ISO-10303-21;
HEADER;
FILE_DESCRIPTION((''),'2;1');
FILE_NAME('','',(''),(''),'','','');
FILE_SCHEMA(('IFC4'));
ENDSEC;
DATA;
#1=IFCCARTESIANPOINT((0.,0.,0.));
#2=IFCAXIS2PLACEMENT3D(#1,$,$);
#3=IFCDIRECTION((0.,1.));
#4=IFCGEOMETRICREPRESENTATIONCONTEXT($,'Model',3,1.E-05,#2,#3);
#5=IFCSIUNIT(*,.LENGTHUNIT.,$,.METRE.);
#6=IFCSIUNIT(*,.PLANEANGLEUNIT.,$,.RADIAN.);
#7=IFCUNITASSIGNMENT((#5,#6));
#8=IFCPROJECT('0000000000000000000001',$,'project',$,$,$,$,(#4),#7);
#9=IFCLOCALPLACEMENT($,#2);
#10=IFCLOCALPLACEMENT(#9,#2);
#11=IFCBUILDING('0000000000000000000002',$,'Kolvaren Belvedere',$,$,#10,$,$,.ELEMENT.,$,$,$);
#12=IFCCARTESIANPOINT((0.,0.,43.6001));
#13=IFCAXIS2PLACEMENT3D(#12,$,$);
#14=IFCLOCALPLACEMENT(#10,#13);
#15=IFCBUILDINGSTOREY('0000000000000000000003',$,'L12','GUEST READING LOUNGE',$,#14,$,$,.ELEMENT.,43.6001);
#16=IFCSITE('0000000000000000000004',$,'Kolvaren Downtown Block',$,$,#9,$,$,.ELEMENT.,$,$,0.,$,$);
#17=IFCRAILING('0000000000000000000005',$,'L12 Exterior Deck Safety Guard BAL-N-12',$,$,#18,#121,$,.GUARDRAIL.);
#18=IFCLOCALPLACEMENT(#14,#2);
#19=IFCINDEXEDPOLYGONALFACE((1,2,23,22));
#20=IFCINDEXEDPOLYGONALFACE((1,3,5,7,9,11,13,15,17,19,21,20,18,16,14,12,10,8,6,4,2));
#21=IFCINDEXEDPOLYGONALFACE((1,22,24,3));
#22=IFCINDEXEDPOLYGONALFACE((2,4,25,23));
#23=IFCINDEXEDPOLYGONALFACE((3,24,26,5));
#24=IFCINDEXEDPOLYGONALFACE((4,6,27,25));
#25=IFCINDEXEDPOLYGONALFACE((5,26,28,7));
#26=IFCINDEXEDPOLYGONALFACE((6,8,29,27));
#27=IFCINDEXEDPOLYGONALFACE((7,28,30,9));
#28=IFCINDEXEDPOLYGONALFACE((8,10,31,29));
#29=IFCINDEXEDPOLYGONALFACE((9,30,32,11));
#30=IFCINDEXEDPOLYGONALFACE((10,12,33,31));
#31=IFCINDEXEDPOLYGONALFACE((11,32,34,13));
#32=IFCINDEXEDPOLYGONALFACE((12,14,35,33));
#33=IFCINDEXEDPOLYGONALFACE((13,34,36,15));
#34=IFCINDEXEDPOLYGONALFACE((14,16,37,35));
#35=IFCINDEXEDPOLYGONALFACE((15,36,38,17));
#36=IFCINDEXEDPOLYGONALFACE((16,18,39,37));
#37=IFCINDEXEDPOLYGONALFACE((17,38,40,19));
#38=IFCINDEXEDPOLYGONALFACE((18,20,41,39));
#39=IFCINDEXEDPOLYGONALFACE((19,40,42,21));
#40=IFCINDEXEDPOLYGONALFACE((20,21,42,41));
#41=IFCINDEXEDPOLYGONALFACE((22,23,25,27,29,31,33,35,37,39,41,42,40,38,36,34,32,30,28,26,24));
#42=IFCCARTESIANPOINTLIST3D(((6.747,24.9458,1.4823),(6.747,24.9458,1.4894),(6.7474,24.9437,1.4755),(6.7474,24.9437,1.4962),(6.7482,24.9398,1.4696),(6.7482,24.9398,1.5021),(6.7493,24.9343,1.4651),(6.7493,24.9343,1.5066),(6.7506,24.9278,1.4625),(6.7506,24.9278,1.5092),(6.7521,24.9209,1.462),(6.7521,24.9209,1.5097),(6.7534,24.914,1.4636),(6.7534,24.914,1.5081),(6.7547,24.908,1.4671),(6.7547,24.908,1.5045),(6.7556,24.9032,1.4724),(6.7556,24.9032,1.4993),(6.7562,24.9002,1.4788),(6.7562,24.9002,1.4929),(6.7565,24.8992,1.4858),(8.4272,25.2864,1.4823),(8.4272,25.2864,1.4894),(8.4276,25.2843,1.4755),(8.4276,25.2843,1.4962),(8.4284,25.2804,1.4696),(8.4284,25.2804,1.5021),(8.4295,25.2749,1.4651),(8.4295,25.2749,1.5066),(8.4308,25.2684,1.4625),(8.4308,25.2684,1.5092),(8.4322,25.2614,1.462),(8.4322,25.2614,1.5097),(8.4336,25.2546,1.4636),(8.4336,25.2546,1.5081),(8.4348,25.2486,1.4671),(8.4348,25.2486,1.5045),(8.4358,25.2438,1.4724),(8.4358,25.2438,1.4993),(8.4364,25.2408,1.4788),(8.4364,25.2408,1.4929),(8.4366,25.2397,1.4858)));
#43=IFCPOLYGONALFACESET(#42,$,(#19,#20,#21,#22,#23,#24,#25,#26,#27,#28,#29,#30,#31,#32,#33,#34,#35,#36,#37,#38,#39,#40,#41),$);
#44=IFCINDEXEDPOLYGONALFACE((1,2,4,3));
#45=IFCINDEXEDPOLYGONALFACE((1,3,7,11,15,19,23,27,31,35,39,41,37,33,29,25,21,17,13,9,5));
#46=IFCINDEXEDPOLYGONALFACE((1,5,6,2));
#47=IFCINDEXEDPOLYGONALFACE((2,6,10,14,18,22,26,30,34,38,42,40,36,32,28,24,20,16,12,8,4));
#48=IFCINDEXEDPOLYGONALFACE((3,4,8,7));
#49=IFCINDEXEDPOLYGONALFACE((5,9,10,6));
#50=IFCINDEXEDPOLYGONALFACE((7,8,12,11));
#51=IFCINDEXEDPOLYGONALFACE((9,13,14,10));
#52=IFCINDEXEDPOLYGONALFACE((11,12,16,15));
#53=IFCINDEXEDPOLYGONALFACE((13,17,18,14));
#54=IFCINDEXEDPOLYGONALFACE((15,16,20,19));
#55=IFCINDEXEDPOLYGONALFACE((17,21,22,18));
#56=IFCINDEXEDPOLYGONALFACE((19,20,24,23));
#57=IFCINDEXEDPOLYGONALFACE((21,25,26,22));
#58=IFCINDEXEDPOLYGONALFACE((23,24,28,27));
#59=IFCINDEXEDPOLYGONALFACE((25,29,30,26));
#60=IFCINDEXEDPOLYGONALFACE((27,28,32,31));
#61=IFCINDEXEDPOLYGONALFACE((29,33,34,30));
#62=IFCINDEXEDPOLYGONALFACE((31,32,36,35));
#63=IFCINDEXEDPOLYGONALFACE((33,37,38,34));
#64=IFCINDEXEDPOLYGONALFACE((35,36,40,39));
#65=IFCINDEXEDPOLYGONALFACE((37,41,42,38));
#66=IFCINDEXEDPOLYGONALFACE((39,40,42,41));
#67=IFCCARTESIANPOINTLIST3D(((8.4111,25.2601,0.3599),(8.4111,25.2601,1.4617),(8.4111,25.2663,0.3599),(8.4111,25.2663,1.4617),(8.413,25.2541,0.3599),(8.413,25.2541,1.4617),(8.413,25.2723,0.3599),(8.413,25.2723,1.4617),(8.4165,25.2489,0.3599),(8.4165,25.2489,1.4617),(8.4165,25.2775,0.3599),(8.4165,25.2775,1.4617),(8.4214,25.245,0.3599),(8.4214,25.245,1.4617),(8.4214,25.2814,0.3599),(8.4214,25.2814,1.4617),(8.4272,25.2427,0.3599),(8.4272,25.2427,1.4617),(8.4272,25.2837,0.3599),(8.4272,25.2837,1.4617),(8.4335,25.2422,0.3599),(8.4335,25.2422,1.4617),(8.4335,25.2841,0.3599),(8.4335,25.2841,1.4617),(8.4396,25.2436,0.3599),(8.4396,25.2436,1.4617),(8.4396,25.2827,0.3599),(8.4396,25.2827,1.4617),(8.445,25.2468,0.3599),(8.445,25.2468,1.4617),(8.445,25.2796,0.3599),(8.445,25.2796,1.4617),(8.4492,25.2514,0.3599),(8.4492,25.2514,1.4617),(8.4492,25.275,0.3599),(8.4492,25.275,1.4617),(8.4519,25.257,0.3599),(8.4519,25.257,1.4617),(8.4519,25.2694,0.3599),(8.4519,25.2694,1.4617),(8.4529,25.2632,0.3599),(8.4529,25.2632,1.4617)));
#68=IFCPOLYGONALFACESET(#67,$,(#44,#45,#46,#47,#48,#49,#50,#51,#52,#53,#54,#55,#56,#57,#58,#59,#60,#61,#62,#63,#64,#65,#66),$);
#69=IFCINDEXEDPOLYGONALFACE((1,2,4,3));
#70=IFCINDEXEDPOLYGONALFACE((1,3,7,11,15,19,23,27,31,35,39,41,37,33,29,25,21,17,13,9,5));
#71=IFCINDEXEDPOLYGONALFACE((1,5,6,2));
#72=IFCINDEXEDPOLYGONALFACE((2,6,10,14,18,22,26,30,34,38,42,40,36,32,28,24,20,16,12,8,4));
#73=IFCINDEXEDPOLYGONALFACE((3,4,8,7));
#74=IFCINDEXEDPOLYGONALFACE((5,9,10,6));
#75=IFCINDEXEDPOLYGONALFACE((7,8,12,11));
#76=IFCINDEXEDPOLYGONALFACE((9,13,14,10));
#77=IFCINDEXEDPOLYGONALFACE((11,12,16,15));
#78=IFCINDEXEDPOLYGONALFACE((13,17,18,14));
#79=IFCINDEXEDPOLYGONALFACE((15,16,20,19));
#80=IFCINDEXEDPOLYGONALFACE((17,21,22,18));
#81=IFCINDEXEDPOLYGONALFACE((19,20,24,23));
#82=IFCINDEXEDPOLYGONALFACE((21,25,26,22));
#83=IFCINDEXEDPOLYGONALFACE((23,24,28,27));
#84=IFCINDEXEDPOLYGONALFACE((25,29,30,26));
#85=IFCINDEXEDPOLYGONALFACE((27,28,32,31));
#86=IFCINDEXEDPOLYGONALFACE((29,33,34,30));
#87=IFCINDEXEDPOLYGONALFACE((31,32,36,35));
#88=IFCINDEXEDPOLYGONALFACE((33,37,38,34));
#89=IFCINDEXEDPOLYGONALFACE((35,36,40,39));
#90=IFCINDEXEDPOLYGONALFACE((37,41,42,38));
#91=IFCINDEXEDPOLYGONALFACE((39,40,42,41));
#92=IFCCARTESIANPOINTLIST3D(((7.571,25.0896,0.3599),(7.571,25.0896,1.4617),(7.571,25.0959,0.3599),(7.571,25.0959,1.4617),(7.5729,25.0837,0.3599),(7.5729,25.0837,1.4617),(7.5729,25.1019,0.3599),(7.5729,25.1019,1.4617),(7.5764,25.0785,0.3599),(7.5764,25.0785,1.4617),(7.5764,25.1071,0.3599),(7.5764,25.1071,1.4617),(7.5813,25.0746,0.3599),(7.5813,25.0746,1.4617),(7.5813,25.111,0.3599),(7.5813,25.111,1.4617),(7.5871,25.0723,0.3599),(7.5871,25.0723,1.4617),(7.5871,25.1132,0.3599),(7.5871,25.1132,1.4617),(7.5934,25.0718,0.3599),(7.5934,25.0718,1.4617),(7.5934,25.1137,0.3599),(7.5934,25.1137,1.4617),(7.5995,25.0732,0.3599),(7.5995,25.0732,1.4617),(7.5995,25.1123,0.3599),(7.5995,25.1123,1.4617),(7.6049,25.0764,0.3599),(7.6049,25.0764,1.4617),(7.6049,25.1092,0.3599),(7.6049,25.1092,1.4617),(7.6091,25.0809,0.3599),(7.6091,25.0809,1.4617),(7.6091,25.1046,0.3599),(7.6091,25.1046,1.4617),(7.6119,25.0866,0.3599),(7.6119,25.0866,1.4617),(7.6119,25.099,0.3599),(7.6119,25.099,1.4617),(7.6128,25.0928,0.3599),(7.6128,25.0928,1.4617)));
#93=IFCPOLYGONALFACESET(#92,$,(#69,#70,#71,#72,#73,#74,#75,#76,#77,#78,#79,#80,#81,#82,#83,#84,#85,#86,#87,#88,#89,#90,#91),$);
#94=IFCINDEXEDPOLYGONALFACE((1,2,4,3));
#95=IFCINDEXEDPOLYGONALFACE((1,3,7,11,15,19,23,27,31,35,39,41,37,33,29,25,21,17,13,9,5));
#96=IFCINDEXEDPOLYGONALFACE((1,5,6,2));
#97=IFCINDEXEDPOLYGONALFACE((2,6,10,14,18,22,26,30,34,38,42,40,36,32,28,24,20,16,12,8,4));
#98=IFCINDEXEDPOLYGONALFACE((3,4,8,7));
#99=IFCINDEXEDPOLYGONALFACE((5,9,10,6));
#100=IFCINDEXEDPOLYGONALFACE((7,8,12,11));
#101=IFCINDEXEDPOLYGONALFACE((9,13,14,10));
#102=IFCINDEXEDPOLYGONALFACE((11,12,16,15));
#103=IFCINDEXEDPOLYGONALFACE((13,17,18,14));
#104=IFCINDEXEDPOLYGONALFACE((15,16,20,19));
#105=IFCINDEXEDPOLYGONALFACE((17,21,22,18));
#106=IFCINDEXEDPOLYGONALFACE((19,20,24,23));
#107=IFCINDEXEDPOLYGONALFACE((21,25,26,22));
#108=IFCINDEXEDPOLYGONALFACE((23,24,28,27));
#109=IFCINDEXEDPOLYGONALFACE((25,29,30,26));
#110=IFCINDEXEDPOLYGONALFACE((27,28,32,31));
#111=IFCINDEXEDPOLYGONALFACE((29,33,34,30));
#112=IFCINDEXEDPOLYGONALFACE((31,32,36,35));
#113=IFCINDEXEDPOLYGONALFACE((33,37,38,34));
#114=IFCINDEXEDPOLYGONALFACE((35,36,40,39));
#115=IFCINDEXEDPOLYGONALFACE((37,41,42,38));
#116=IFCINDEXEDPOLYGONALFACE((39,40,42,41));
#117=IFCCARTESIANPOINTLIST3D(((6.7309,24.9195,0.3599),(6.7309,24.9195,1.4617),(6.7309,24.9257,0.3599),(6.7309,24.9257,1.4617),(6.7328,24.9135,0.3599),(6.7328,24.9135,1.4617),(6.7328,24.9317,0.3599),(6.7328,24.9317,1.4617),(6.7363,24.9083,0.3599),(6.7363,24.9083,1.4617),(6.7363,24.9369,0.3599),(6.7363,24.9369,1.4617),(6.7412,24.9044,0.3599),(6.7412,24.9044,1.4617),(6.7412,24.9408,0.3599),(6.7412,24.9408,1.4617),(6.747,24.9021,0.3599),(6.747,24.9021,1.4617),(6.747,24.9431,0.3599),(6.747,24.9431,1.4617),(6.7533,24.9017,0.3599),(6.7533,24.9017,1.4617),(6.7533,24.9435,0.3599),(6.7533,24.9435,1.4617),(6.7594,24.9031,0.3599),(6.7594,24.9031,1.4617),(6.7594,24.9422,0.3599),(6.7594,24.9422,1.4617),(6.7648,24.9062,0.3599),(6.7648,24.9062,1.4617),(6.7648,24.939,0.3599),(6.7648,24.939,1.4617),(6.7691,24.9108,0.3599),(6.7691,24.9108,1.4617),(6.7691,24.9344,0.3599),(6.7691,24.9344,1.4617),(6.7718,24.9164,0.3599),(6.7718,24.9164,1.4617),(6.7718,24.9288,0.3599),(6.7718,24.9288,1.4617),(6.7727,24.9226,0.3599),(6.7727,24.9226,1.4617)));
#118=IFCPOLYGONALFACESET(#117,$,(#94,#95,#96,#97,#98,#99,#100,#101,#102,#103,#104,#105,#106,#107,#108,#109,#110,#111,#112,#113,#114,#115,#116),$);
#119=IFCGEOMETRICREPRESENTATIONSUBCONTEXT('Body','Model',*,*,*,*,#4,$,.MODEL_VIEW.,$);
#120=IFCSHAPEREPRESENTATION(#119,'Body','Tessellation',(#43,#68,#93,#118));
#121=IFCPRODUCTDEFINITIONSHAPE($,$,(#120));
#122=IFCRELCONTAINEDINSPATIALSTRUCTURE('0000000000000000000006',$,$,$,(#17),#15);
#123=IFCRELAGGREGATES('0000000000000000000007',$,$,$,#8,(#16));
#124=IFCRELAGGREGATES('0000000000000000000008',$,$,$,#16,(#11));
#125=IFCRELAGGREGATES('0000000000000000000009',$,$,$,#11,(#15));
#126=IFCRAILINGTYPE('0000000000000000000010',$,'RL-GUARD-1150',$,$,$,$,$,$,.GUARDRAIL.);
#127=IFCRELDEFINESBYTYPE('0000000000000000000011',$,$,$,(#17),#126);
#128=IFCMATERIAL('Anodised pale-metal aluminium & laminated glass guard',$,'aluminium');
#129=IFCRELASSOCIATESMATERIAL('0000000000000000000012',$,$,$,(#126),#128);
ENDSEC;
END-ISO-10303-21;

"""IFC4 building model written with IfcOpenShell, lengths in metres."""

from ifc_helpers import new_model, si_unit, direction, frame, origin, origin_2d, place, context, subcontext, project, spatial, circle, extrude, material, type_object, element, save


model = new_model("IFC4")

# Units and contexts
model_context = context("Model", 3, precision=1e-05, world=origin(), true_north=direction((0.0, 1.0)))
body_context = subcontext(model_context, "Body", "Model", "MODEL_VIEW")
ifc_project = project(units=[si_unit("LENGTHUNIT", "METRE"), si_unit("PLANEANGLEUNIT", "RADIAN")], contexts=[model_context])

# Site, building, storey
site_placement = place(None, origin())
site = spatial("IfcSite", under=ifc_project, at=site_placement, Name="Kolvaren Downtown Block", CompositionType="ELEMENT", RefElevation=0.0)
building_placement = place(site_placement, origin())
building = spatial("IfcBuilding", under=site, at=building_placement, Name="Kolvaren Belvedere", CompositionType="ELEMENT")
storey_placement = place(building_placement, frame((0.0, 0.0, 43.6001)))
storey = spatial("IfcBuildingStorey", under=building, at=storey_placement, Name="L12", Description="GUEST READING LOUNGE", CompositionType="ELEMENT", Elevation=43.6001)

# Railing
ifc_material_1 = material(Name="Anodised pale-metal aluminium & laminated glass guard", Category="aluminium")
railing_type = type_object("IfcRailingType", Name="RL-GUARD-1150", PredefinedType="GUARDRAIL", material=ifc_material_1)
railing_1_placement = place(storey_placement, frame((8.4319, 25.2632, 0.3599)))
element("IfcRailing", 1, at=railing_1_placement, inside=storey, type_object=railing_type, Name="L12 Exterior Deck Safety Guard BAL-N-12", PredefinedType="GUARDRAIL", context=body_context, shape_type="SweptSolid", body=[
    extrude(circle(Radius=0.0239, at=origin_2d()), frame((0.0, 0.0, 1.126), z_axis=(-0.980068, -0.198662, 0.0), x_axis=(0.198662, -0.980068, 0.0)), (0.0, 0.0, 1.0), 1.7144),
    extrude(circle(Radius=0.021, at=origin_2d()), origin(), (0.0, 0.0, 1.0), 1.1018),
    extrude(circle(Radius=0.021, at=origin_2d()), frame((-0.8401, -0.1704, 0.0)), (0.0, 0.0, 1.0), 1.1018),
    extrude(circle(Radius=0.021, at=origin_2d()), frame((-1.6802, -0.3406, 0.0)), (0.0, 0.0, 1.0), 1.1018),
])

save(model, "model.ifc")
